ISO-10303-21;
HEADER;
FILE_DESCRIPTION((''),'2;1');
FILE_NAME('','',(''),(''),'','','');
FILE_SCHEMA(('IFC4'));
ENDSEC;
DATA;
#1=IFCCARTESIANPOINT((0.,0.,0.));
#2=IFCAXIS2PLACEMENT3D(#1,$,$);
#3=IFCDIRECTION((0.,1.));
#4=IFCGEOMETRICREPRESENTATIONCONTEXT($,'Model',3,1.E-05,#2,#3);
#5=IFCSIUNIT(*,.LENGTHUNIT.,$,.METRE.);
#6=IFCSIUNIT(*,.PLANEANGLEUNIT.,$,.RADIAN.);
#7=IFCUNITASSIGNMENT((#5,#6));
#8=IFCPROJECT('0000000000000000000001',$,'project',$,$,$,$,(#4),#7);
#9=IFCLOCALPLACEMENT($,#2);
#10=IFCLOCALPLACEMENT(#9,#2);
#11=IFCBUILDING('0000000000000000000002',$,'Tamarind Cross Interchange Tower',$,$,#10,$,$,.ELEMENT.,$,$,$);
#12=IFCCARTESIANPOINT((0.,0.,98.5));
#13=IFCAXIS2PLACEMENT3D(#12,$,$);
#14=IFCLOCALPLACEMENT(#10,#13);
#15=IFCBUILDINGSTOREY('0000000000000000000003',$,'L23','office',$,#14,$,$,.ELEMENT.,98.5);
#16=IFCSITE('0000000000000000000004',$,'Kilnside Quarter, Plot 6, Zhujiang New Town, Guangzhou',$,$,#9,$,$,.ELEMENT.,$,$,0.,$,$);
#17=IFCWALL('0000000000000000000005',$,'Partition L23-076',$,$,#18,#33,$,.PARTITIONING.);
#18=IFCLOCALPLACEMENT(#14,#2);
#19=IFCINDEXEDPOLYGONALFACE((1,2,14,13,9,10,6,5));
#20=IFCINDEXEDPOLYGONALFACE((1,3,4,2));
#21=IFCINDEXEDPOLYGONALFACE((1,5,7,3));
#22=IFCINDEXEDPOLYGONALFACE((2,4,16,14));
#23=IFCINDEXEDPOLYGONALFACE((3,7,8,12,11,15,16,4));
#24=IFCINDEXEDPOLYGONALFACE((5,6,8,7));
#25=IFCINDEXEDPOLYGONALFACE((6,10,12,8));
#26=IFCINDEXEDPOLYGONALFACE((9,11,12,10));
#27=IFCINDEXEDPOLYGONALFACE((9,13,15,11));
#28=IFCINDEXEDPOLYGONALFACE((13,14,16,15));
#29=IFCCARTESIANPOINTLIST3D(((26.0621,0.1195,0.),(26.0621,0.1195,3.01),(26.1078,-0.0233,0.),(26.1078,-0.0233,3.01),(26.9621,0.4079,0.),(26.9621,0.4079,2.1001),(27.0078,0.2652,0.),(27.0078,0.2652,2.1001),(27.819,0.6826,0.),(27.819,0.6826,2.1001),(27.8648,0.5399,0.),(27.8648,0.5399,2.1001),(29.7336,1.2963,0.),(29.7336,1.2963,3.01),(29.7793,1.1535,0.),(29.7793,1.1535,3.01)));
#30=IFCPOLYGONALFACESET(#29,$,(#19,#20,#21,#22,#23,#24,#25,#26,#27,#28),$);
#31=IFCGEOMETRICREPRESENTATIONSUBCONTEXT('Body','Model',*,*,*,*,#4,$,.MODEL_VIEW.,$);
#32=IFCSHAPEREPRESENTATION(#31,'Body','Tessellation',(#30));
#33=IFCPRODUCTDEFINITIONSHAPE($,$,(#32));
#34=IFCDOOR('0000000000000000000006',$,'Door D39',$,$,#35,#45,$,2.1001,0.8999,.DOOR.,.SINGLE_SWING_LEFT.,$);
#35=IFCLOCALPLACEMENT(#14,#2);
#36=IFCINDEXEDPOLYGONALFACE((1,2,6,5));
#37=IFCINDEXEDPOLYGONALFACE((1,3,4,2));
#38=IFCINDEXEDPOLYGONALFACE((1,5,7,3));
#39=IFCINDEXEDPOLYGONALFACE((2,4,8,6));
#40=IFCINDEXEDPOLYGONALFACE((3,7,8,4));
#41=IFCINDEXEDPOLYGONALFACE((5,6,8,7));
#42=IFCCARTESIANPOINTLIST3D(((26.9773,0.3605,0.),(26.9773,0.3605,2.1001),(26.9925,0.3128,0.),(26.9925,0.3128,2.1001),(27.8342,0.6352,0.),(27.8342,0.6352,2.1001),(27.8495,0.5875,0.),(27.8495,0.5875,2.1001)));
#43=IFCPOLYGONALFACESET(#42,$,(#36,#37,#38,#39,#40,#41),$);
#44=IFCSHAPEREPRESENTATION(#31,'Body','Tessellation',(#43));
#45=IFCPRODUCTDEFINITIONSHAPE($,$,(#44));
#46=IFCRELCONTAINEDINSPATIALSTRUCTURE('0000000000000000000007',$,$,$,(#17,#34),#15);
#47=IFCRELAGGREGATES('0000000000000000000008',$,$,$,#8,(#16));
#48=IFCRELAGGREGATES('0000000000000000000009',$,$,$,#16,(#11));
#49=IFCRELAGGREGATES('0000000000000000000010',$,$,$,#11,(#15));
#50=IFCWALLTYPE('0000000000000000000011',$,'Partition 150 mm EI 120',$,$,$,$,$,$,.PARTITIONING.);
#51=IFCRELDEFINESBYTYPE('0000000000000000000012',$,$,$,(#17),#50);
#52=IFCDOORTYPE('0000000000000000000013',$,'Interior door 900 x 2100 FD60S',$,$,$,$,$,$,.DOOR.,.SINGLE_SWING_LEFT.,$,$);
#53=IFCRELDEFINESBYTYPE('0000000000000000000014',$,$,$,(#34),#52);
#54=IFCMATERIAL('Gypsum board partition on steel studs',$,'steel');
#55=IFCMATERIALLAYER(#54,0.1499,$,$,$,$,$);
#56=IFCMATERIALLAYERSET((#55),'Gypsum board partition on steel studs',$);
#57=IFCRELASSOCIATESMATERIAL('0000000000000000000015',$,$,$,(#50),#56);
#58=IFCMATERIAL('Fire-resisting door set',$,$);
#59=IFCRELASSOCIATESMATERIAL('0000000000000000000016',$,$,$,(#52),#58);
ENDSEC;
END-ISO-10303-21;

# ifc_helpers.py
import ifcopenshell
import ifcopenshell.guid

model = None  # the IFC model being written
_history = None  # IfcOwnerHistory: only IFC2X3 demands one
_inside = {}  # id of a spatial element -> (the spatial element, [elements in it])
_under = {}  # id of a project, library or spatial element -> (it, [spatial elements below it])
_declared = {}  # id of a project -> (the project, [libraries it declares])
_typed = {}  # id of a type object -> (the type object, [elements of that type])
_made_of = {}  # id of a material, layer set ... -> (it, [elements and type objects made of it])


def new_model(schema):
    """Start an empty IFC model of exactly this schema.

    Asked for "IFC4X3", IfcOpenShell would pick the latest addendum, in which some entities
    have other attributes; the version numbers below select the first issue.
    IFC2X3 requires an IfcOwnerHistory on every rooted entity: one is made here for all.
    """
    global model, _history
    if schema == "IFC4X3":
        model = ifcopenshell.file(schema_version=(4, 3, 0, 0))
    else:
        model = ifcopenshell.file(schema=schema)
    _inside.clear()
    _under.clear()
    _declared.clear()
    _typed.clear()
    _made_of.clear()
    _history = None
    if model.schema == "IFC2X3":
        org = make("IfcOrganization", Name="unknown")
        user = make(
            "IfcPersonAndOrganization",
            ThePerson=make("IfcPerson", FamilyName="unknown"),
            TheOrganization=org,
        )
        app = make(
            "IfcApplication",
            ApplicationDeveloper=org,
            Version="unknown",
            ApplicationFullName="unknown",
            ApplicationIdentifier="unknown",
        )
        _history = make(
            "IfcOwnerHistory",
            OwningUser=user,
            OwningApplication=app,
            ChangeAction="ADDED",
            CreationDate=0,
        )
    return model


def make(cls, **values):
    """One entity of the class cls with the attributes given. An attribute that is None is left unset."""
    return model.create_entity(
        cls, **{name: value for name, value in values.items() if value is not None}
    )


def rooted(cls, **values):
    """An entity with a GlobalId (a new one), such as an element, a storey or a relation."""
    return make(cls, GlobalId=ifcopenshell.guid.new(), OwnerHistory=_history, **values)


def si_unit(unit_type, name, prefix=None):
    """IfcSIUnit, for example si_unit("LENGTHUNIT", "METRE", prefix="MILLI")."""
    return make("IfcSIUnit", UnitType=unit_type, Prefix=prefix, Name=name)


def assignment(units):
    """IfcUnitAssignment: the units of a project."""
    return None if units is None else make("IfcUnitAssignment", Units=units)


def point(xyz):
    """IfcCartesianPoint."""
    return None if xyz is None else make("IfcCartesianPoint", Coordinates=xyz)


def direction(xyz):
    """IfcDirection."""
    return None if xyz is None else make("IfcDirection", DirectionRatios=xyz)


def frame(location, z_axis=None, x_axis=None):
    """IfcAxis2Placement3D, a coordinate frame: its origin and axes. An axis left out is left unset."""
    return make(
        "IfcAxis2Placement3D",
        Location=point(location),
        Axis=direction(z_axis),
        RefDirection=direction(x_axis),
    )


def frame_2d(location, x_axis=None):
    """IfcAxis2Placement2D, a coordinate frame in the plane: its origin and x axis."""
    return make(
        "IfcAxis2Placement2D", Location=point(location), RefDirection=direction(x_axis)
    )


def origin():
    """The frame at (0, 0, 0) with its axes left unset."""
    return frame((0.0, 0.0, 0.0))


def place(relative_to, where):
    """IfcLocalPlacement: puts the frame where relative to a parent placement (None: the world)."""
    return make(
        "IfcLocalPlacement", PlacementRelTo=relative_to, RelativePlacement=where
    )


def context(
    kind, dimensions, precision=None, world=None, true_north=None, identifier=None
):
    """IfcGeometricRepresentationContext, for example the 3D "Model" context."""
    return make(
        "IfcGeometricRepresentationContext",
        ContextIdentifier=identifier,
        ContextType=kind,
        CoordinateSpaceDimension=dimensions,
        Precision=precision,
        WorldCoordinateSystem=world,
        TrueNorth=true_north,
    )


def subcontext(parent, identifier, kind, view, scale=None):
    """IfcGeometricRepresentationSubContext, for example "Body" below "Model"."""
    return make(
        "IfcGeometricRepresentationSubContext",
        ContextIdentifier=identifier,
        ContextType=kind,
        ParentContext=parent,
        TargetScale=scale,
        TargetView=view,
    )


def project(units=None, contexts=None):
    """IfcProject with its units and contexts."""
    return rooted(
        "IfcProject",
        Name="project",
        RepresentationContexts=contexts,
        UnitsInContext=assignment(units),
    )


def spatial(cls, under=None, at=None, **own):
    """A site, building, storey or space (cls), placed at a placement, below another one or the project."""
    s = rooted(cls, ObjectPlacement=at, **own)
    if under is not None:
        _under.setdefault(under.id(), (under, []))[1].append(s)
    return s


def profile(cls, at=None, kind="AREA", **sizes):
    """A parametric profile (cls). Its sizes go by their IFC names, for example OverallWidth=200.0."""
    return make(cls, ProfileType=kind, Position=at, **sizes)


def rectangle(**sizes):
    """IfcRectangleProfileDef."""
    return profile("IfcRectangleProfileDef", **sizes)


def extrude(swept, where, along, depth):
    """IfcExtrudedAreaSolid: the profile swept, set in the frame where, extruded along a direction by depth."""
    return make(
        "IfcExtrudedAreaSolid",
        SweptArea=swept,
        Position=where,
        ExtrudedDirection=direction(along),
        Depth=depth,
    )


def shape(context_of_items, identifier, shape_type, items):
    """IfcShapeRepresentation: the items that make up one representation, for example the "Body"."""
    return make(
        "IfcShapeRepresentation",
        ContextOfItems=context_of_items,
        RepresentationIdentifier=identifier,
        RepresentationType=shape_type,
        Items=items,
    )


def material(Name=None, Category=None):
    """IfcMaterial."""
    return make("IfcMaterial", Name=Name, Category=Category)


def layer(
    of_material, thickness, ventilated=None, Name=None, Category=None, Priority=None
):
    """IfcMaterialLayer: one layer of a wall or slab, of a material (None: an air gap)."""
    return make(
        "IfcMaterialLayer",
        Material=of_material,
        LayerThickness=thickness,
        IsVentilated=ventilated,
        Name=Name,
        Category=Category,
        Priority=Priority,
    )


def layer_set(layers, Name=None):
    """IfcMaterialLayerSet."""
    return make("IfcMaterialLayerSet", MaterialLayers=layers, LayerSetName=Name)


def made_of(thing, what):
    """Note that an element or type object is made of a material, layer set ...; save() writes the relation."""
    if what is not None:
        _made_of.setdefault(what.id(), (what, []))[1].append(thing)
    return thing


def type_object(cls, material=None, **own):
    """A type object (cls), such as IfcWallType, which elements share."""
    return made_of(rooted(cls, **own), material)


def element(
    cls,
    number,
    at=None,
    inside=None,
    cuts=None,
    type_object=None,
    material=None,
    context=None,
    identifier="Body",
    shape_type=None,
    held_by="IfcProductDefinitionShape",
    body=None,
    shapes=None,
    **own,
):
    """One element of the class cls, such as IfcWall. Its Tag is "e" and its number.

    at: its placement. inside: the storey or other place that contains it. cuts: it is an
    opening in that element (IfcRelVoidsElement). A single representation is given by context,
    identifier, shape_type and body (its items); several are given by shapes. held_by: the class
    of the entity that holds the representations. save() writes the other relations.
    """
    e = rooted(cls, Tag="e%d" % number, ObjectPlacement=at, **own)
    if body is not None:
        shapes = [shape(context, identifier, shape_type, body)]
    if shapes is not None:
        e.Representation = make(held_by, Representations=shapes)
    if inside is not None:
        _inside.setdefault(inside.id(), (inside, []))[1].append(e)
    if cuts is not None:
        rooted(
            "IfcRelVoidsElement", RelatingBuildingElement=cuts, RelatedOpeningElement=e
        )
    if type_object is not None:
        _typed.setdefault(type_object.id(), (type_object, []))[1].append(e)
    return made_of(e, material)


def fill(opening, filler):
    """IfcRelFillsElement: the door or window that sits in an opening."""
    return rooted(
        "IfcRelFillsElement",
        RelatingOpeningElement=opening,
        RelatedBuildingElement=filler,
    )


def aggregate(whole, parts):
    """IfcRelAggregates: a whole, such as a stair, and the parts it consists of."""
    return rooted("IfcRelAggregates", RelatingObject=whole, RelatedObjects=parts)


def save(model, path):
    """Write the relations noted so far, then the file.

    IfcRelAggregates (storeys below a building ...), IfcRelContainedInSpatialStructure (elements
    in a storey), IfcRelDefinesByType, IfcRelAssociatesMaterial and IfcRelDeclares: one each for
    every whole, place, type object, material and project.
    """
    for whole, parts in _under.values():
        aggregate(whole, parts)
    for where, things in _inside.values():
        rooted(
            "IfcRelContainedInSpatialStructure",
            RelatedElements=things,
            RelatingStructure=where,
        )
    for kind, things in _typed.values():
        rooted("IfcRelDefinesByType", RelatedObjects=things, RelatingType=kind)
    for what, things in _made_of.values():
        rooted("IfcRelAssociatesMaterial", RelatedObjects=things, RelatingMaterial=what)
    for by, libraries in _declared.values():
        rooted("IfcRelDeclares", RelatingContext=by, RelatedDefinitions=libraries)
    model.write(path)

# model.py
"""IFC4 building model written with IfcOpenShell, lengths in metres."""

from ifc_helpers import new_model, si_unit, direction, frame, frame_2d, origin, place, context, subcontext, project, spatial, rectangle, extrude, material, layer, layer_set, type_object, element, fill, save


model = new_model("IFC4")

# Units and contexts
model_context = context("Model", 3, precision=1e-05, world=origin(), true_north=direction((0.0, 1.0)))
body_context = subcontext(model_context, "Body", "Model", "MODEL_VIEW")
ifc_project = project(units=[si_unit("LENGTHUNIT", "METRE"), si_unit("PLANEANGLEUNIT", "RADIAN")], contexts=[model_context])

# Site, building, storey
site_placement = place(None, origin())
site = spatial("IfcSite", under=ifc_project, at=site_placement, Name="Kilnside Quarter, Plot 6, Zhujiang New Town, Guangzhou", CompositionType="ELEMENT", RefElevation=0.0)
building_placement = place(site_placement, origin())
building = spatial("IfcBuilding", under=site, at=building_placement, Name="Tamarind Cross Interchange Tower", CompositionType="ELEMENT")
storey_placement = place(building_placement, frame((0.0, 0.0, 98.5)))
storey = spatial("IfcBuildingStorey", under=building, at=storey_placement, Name="L23", Description="office", CompositionType="ELEMENT", Elevation=98.5)

# Shared definitions
ifc_material_1 = material(Name="Gypsum board partition on steel studs", Category="steel")
ifc_layer_1 = layer(ifc_material_1, 0.1499)
ifc_layer_set_1 = layer_set([ifc_layer_1], Name="Gypsum board partition on steel studs")
wall_type_1 = type_object("IfcWallType", Name="Partition 150 mm EI 120", PredefinedType="PARTITIONING", material=ifc_layer_set_1)

# Shared definitions
ifc_material_2 = material(Name="Fire-resisting door set")
door_type = type_object("IfcDoorType", Name="Interior door 900 x 2100 FD60S", OperationType="SINGLE_SWING_LEFT", PredefinedType="DOOR", material=ifc_material_2)

# Wall, opening, door
wall_1_placement = place(storey_placement, frame((26.085, 0.0481, 0.0), z_axis=(0.0, 0.0, 1.0), x_axis=(0.95228, 0.305226, 0.0)))
wall_1 = element("IfcWall", 1, at=wall_1_placement, inside=storey, type_object=wall_type_1, Name="Partition L23-076", PredefinedType="PARTITIONING", context=body_context, shape_type="SweptSolid", body=[
    extrude(rectangle(XDim=3.8555, YDim=0.1499, at=frame_2d((1.9277, 0.0))), origin(), (0.0, 0.0, 1.0), 3.01),
])
opening_1_placement = place(wall_1_placement, frame((0.9451, 0.0, 0.0)))
opening_1 = element("IfcOpeningElement", 2, at=opening_1_placement, cuts=wall_1, PredefinedType="OPENING", context=body_context, shape_type="SweptSolid", body=[
    extrude(rectangle(XDim=0.8999, YDim=2.1001, at=frame_2d((0.45, 1.05))), frame((0.0, 0.085, 0.0), z_axis=(0.0, -1.0, 0.0), x_axis=(1.0, 0.0, 0.0)), (0.0, 0.0, 1.0), 0.1699),
])
door_1_placement = place(opening_1_placement, frame((0.8999, 0.0, 0.0), z_axis=(0.0, 0.0, 1.0), x_axis=(-1.0, 0.0, 0.0)))
door_1 = element("IfcDoor", 3, at=door_1_placement, inside=storey, type_object=door_type, Name="Door D39", OperationType="SINGLE_SWING_LEFT", OverallHeight=2.1001, OverallWidth=0.8999, PredefinedType="DOOR", context=body_context, shape_type="SweptSolid", body=[
    extrude(rectangle(XDim=0.8999, YDim=2.1001, at=frame_2d((0.45, 1.05))), frame((0.0, 0.0249, 0.0), z_axis=(0.0, -1.0, 0.0), x_axis=(1.0, 0.0, 0.0)), (0.0, 0.0, 1.0), 0.05),
])
fill(opening_1, door_1)

save(model, "model.ifc")
